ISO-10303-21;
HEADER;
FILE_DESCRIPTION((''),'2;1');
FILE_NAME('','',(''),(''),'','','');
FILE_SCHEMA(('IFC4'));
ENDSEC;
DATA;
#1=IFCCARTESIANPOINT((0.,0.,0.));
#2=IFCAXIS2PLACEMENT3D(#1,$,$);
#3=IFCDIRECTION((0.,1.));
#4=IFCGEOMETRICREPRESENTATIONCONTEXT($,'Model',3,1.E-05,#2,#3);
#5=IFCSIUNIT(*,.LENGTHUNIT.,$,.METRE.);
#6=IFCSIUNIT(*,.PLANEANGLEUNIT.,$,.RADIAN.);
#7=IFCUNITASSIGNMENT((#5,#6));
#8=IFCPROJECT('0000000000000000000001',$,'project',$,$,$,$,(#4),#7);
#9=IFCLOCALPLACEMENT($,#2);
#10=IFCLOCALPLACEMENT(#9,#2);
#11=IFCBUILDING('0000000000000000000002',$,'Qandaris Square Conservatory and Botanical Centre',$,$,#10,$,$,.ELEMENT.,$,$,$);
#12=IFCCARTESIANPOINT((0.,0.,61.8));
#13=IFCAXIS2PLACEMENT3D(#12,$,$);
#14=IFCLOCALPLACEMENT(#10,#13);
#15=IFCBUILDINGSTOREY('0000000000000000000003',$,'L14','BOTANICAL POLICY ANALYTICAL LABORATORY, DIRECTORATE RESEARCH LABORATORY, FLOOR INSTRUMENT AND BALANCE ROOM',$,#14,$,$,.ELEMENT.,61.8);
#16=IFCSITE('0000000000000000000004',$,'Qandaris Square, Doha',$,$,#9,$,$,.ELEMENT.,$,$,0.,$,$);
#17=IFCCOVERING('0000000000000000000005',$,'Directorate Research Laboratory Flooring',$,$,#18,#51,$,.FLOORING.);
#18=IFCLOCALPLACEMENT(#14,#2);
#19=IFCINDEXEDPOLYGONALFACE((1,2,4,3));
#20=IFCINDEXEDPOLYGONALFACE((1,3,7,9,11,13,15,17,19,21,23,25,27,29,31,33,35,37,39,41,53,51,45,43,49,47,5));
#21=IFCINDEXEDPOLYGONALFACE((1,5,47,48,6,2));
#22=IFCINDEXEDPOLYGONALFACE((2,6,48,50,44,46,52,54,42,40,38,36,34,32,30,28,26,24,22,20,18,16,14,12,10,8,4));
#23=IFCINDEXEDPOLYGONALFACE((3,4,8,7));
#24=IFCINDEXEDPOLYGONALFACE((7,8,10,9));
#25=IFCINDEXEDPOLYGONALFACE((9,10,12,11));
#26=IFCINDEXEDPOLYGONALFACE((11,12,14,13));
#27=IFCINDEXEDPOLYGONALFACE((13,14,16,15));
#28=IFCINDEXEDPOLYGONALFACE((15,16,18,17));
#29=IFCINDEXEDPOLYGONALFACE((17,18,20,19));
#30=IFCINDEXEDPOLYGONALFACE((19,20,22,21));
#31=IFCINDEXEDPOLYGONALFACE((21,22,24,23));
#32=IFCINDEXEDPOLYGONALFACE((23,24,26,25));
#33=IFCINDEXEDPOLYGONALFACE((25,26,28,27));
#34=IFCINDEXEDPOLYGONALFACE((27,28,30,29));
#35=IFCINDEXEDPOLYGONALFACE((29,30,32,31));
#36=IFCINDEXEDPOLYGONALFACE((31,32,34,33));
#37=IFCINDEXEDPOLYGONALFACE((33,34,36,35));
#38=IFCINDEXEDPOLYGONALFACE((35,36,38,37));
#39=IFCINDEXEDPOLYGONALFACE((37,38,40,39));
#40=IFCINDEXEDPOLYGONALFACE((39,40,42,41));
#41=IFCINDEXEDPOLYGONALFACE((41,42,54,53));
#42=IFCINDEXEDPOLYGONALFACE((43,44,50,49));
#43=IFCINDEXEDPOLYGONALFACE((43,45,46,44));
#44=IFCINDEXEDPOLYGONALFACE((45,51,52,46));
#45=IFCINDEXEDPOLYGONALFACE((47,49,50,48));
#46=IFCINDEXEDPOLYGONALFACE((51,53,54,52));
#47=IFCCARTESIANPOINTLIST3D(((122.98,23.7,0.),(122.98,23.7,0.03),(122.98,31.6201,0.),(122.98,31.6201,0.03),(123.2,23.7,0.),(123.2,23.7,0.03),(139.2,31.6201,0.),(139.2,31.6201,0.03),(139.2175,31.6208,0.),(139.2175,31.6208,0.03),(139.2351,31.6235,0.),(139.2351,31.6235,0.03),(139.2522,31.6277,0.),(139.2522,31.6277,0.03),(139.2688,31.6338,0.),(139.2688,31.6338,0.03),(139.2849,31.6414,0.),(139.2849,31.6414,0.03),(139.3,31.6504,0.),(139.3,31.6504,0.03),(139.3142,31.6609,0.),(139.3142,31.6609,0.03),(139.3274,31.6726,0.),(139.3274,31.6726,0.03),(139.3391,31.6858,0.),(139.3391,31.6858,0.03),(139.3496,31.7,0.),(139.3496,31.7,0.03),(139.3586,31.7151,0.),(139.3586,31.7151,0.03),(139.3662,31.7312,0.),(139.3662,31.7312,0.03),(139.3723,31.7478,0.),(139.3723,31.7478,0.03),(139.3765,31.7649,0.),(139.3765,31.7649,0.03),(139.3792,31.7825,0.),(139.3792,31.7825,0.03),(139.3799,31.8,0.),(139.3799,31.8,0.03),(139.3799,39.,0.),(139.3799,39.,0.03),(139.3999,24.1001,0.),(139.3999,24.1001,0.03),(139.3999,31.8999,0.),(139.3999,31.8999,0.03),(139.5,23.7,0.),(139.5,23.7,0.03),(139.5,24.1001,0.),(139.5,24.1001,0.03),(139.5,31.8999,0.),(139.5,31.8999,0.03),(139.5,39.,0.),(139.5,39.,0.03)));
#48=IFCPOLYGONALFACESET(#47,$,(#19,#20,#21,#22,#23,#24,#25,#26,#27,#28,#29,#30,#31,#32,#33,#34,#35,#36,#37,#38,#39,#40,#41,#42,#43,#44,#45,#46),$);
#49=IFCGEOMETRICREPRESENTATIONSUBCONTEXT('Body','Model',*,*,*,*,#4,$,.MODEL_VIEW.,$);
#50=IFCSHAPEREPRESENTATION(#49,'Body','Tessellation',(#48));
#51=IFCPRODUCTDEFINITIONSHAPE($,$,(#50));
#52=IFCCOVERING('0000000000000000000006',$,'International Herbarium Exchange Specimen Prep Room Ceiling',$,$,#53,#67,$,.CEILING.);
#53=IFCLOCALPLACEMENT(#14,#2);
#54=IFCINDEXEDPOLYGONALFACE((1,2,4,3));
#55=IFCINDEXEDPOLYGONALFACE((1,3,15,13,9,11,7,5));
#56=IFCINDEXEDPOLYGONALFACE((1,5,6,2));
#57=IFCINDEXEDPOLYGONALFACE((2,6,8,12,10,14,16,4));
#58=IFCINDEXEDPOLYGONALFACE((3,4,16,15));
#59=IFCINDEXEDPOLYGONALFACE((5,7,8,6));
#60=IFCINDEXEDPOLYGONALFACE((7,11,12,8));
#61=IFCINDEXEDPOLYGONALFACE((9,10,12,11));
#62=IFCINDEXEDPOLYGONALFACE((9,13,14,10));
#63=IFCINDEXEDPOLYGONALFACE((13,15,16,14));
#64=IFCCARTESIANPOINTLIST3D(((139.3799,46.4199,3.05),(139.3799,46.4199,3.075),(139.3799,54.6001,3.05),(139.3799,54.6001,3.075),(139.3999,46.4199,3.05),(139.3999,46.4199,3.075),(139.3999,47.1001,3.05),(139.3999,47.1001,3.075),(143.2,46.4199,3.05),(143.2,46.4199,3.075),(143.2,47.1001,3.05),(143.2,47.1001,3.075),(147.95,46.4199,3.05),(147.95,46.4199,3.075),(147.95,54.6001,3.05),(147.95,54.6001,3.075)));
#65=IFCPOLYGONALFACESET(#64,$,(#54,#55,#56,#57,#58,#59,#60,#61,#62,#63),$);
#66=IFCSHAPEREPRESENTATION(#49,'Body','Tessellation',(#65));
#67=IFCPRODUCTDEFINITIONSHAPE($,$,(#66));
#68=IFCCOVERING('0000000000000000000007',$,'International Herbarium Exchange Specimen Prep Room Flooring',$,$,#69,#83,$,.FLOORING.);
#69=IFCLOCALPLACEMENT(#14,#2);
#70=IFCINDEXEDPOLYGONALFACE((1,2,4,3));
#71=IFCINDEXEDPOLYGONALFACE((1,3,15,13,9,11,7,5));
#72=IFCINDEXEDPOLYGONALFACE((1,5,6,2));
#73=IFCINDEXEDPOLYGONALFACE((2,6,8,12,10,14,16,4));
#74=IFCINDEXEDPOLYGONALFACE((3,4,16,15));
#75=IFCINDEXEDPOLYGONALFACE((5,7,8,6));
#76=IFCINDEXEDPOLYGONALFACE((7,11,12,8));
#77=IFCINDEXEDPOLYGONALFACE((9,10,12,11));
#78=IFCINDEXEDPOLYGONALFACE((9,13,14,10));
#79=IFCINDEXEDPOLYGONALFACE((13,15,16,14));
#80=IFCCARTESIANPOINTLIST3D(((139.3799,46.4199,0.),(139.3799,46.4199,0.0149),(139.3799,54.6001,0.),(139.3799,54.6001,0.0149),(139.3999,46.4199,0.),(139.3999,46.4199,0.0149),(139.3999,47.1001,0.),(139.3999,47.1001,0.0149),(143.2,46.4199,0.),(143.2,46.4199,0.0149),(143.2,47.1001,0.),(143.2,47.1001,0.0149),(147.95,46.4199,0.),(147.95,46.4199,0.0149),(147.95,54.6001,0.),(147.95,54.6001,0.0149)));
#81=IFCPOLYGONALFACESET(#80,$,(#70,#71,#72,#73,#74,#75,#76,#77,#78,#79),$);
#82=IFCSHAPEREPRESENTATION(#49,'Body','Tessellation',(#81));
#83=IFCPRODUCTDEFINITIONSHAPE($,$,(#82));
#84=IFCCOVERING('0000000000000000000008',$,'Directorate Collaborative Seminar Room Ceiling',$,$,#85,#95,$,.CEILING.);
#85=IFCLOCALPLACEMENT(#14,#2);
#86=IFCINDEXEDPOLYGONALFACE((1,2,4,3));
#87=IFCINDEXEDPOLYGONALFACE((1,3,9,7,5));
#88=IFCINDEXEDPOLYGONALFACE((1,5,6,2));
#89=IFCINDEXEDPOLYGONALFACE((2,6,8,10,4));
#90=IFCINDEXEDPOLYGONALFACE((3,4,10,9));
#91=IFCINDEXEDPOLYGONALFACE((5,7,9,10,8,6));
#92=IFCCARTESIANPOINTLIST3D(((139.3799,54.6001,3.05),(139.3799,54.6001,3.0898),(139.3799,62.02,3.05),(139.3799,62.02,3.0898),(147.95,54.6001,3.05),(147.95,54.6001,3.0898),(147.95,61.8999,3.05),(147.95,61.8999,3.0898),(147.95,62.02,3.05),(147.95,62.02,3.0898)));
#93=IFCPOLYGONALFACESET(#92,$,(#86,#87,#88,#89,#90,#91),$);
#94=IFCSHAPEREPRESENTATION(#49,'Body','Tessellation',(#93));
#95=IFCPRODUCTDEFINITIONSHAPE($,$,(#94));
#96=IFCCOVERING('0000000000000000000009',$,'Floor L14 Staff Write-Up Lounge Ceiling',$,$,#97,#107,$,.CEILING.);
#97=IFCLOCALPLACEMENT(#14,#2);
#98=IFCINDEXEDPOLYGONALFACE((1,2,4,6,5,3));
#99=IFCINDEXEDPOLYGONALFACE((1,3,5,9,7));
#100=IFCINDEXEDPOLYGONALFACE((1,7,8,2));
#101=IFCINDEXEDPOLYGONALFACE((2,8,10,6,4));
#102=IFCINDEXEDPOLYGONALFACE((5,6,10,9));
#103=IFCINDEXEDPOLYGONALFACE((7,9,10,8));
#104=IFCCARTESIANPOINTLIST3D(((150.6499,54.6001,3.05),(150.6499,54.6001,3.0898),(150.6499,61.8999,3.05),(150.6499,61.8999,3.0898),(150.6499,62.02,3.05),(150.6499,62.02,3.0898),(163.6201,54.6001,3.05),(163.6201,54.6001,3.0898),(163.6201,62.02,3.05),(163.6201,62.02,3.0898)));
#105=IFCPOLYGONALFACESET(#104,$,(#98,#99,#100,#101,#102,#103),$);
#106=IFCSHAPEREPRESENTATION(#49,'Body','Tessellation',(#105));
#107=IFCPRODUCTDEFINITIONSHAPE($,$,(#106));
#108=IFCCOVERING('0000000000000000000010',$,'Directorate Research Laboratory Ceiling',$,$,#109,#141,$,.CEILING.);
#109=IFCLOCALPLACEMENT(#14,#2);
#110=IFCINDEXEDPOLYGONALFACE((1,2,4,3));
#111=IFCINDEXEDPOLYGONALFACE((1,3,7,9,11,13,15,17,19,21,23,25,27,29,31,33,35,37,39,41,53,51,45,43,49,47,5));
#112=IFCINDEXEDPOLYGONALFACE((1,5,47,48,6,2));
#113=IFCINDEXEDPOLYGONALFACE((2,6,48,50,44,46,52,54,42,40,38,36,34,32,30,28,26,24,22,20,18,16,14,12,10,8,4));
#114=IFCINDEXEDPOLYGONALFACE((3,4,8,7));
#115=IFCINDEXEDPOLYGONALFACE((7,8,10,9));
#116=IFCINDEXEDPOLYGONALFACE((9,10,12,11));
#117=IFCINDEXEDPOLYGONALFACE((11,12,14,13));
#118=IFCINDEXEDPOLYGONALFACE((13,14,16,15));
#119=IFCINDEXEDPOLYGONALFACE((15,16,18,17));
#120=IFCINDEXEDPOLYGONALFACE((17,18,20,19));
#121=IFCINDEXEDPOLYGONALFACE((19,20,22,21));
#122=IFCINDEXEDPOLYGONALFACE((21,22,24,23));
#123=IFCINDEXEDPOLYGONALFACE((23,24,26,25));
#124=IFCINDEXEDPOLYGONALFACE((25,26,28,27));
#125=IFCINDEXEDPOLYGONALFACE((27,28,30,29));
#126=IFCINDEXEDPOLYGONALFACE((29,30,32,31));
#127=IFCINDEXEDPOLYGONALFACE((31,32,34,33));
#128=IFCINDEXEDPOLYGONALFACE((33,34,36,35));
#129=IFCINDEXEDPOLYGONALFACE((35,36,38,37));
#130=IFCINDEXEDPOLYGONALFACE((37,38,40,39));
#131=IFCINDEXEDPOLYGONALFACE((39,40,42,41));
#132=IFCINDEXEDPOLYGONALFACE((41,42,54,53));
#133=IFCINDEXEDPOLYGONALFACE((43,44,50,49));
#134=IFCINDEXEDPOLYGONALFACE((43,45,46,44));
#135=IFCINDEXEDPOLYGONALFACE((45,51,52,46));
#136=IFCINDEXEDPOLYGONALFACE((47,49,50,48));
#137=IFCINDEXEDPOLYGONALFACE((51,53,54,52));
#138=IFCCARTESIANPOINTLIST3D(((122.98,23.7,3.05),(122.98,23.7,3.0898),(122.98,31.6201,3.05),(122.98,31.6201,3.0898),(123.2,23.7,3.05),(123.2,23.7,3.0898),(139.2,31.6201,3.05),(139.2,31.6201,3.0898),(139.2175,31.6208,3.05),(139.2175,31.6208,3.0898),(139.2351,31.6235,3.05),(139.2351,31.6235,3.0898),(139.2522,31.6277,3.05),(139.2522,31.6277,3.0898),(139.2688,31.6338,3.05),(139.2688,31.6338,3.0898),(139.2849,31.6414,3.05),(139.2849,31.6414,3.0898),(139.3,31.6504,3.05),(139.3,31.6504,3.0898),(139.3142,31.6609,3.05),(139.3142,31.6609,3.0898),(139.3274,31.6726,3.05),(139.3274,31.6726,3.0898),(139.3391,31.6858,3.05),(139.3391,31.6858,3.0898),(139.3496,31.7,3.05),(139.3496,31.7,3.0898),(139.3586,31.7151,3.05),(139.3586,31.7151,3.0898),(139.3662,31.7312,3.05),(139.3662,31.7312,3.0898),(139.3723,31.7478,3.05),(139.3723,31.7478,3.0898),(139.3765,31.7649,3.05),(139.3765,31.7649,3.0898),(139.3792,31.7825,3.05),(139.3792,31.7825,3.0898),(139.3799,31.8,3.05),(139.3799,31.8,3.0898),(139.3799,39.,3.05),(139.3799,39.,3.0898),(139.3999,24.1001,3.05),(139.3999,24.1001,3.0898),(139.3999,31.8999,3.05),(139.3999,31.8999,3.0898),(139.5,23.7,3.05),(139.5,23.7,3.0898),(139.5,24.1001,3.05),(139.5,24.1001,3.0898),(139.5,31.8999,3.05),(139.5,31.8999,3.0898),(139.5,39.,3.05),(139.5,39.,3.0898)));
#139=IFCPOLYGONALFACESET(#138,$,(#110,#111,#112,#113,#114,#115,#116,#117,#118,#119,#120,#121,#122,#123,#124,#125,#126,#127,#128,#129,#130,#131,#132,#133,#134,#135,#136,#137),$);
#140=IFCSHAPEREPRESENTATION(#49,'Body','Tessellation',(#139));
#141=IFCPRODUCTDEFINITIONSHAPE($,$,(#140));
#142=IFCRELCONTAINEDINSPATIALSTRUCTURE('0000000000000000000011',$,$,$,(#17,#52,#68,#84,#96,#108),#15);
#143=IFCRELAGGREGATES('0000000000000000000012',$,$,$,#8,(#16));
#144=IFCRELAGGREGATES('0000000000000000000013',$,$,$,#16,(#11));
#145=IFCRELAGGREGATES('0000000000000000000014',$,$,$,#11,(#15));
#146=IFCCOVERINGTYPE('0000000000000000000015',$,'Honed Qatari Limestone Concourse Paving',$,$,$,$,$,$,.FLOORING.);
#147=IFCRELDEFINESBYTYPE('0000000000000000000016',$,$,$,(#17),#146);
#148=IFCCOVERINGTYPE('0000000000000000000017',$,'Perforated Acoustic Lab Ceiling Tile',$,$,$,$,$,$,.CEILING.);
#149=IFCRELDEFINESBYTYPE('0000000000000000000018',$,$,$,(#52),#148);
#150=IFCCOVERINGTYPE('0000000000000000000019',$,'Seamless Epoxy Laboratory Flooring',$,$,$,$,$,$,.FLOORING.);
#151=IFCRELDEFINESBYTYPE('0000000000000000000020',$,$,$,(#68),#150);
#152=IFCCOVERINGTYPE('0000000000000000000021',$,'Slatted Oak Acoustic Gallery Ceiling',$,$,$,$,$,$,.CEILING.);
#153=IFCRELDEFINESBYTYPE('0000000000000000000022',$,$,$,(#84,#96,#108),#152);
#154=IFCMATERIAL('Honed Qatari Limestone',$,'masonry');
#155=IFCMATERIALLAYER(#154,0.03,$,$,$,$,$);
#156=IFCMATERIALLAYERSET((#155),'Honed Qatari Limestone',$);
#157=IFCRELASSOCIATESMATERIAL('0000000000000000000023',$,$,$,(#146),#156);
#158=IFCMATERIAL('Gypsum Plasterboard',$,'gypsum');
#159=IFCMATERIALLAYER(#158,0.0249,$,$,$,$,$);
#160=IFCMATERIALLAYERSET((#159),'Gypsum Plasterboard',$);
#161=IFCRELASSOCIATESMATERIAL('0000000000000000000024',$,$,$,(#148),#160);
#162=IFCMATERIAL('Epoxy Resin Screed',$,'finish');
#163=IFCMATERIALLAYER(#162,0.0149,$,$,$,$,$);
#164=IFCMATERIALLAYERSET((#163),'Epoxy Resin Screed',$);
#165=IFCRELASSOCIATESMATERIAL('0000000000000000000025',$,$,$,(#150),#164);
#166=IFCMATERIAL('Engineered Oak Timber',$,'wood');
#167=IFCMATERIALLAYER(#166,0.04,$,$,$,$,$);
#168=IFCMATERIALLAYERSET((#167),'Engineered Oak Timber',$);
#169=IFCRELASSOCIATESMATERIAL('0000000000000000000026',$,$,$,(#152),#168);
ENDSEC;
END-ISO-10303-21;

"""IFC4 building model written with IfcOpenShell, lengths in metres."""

from ifc_helpers import new_model, si_unit, direction, frame, origin, place, context, subcontext, project, spatial, polyline, outline, extrude, material, layer, layer_set, type_object, element, save


model = new_model("IFC4")

# Units and contexts
model_context = context("Model", 3, precision=1e-05, world=origin(), true_north=direction((0.0, 1.0)))
body_context = subcontext(model_context, "Body", "Model", "MODEL_VIEW")
ifc_project = project(units=[si_unit("LENGTHUNIT", "METRE"), si_unit("PLANEANGLEUNIT", "RADIAN")], contexts=[model_context])

# Site, building, storey
site_placement = place(None, origin())
site = spatial("IfcSite", under=ifc_project, at=site_placement, Name="Qandaris Square, Doha", CompositionType="ELEMENT", RefElevation=0.0)
building_placement = place(site_placement, origin())
building = spatial("IfcBuilding", under=site, at=building_placement, Name="Qandaris Square Conservatory and Botanical Centre", CompositionType="ELEMENT")
storey_placement = place(building_placement, frame((0.0, 0.0, 61.8)))
storey = spatial("IfcBuildingStorey", under=building, at=storey_placement, Name="L14", Description="BOTANICAL POLICY ANALYTICAL LABORATORY, DIRECTORATE RESEARCH LABORATORY, FLOOR INSTRUMENT AND BALANCE ROOM", CompositionType="ELEMENT", Elevation=61.8)

# Shared definitions
ifc_material_1 = material(Name="Gypsum Plasterboard", Category="gypsum")
ifc_material_2 = material(Name="Engineered Oak Timber", Category="wood")

# Coverings
ifc_material_3 = material(Name="Honed Qatari Limestone", Category="masonry")
ifc_layer_1 = layer(ifc_material_3, 0.03)
ifc_layer_set_1 = layer_set([ifc_layer_1], Name="Honed Qatari Limestone")
covering_type_1 = type_object("IfcCoveringType", Name="Honed Qatari Limestone Concourse Paving", PredefinedType="FLOORING", material=ifc_layer_set_1)
covering_1_placement = place(storey_placement, origin())
element("IfcCovering", 1, at=covering_1_placement, inside=storey, type_object=covering_type_1, Name="Directorate Research Laboratory Flooring", PredefinedType="FLOORING", context=body_context, shape_type="SweptSolid", body=[
    extrude(outline(polyline([(139.2351, 31.6235), (139.2522, 31.6277), (139.2688, 31.6338), (139.2849, 31.6414), (139.3, 31.6504), (139.3142, 31.6609), (139.3274, 31.6726), (139.3391, 31.6858), (139.3496, 31.7), (139.3586, 31.7151), (139.3662, 31.7312), (139.3723, 31.7478), (139.3765, 31.7649), (139.3792, 31.7825), (139.3799, 31.8), (139.3799, 39.0), (139.5, 39.0), (139.5, 31.8999), (139.3999, 31.8999), (139.3999, 24.1001), (139.5, 24.1001), (139.5, 23.7), (123.2, 23.7), (122.98, 23.7), (122.98, 31.6201), (139.2, 31.6201), (139.2175, 31.6208), (139.2351, 31.6235)])), origin(), (0.0, 0.0, 1.0), 0.03),
])
ifc_layer_2 = layer(ifc_material_1, 0.0249)
ifc_layer_set_2 = layer_set([ifc_layer_2], Name="Gypsum Plasterboard")
covering_type_2 = type_object("IfcCoveringType", Name="Perforated Acoustic Lab Ceiling Tile", PredefinedType="CEILING", material=ifc_layer_set_2)
covering_2_placement = place(storey_placement, frame((0.0, 0.0, 3.05)))
element("IfcCovering", 2, at=covering_2_placement, inside=storey, type_object=covering_type_2, Name="International Herbarium Exchange Specimen Prep Room Ceiling", PredefinedType="CEILING", context=body_context, shape_type="SweptSolid", body=[
    extrude(outline(polyline([(147.95, 46.4199), (143.2, 46.4199), (143.2, 47.1001), (139.3999, 47.1001), (139.3999, 46.4199), (139.3799, 46.4199), (139.3799, 54.6001), (147.95, 54.6001), (147.95, 46.4199)])), origin(), (0.0, 0.0, 1.0), 0.0249),
])
ifc_material_4 = material(Name="Epoxy Resin Screed", Category="finish")
ifc_layer_3 = layer(ifc_material_4, 0.0149)
ifc_layer_set_3 = layer_set([ifc_layer_3], Name="Epoxy Resin Screed")
covering_type_3 = type_object("IfcCoveringType", Name="Seamless Epoxy Laboratory Flooring", PredefinedType="FLOORING", material=ifc_layer_set_3)
covering_3_placement = place(storey_placement, origin())
element("IfcCovering", 3, at=covering_3_placement, inside=storey, type_object=covering_type_3, Name="International Herbarium Exchange Specimen Prep Room Flooring", PredefinedType="FLOORING", context=body_context, shape_type="SweptSolid", body=[
    extrude(outline(polyline([(147.95, 46.4199), (143.2, 46.4199), (143.2, 47.1001), (139.3999, 47.1001), (139.3999, 46.4199), (139.3799, 46.4199), (139.3799, 54.6001), (147.95, 54.6001), (147.95, 46.4199)])), origin(), (0.0, 0.0, 1.0), 0.0149),
])
ifc_layer_4 = layer(ifc_material_2, 0.04)
ifc_layer_set_4 = layer_set([ifc_layer_4], Name="Engineered Oak Timber")
covering_type_4 = type_object("IfcCoveringType", Name="Slatted Oak Acoustic Gallery Ceiling", PredefinedType="CEILING", material=ifc_layer_set_4)
covering_4_placement = place(storey_placement, frame((0.0, 0.0, 3.05)))
element("IfcCovering", 4, at=covering_4_placement, inside=storey, type_object=covering_type_4, Name="Directorate Collaborative Seminar Room Ceiling", PredefinedType="CEILING", context=body_context, shape_type="SweptSolid", body=[
    extrude(outline(polyline([(147.95, 61.8999), (147.95, 54.6001), (139.3799, 54.6001), (139.3799, 62.02), (147.95, 62.02), (147.95, 61.8999)])), origin(), (0.0, 0.0, 1.0), 0.0398),
])
covering_5_placement = place(storey_placement, frame((0.0, 0.0, 3.05)))
element("IfcCovering", 5, at=covering_5_placement, inside=storey, type_object=covering_type_4, Name="Floor L14 Staff Write-Up Lounge Ceiling", PredefinedType="CEILING", context=body_context, shape_type="SweptSolid", body=[
    extrude(outline(polyline([(150.6499, 54.6001), (150.6499, 61.8999), (150.6499, 62.02), (163.6201, 62.02), (163.6201, 54.6001), (150.6499, 54.6001)])), origin(), (0.0, 0.0, 1.0), 0.0398),
])
covering_6_placement = place(storey_placement, frame((0.0, 0.0, 3.05)))
element("IfcCovering", 6, at=covering_6_placement, inside=storey, type_object=covering_type_4, Name="Directorate Research Laboratory Ceiling", PredefinedType="CEILING", context=body_context, shape_type="SweptSolid", body=[
    extrude(outline(polyline([(139.2351, 31.6235), (139.2522, 31.6277), (139.2688, 31.6338), (139.2849, 31.6414), (139.3, 31.6504), (139.3142, 31.6609), (139.3274, 31.6726), (139.3391, 31.6858), (139.3496, 31.7), (139.3586, 31.7151), (139.3662, 31.7312), (139.3723, 31.7478), (139.3765, 31.7649), (139.3792, 31.7825), (139.3799, 31.8), (139.3799, 39.0), (139.5, 39.0), (139.5, 31.8999), (139.3999, 31.8999), (139.3999, 24.1001), (139.5, 24.1001), (139.5, 23.7), (123.2, 23.7), (122.98, 23.7), (122.98, 31.6201), (139.2, 31.6201), (139.2175, 31.6208), (139.2351, 31.6235)])), origin(), (0.0, 0.0, 1.0), 0.0398),
])

save(model, "model.ifc")
